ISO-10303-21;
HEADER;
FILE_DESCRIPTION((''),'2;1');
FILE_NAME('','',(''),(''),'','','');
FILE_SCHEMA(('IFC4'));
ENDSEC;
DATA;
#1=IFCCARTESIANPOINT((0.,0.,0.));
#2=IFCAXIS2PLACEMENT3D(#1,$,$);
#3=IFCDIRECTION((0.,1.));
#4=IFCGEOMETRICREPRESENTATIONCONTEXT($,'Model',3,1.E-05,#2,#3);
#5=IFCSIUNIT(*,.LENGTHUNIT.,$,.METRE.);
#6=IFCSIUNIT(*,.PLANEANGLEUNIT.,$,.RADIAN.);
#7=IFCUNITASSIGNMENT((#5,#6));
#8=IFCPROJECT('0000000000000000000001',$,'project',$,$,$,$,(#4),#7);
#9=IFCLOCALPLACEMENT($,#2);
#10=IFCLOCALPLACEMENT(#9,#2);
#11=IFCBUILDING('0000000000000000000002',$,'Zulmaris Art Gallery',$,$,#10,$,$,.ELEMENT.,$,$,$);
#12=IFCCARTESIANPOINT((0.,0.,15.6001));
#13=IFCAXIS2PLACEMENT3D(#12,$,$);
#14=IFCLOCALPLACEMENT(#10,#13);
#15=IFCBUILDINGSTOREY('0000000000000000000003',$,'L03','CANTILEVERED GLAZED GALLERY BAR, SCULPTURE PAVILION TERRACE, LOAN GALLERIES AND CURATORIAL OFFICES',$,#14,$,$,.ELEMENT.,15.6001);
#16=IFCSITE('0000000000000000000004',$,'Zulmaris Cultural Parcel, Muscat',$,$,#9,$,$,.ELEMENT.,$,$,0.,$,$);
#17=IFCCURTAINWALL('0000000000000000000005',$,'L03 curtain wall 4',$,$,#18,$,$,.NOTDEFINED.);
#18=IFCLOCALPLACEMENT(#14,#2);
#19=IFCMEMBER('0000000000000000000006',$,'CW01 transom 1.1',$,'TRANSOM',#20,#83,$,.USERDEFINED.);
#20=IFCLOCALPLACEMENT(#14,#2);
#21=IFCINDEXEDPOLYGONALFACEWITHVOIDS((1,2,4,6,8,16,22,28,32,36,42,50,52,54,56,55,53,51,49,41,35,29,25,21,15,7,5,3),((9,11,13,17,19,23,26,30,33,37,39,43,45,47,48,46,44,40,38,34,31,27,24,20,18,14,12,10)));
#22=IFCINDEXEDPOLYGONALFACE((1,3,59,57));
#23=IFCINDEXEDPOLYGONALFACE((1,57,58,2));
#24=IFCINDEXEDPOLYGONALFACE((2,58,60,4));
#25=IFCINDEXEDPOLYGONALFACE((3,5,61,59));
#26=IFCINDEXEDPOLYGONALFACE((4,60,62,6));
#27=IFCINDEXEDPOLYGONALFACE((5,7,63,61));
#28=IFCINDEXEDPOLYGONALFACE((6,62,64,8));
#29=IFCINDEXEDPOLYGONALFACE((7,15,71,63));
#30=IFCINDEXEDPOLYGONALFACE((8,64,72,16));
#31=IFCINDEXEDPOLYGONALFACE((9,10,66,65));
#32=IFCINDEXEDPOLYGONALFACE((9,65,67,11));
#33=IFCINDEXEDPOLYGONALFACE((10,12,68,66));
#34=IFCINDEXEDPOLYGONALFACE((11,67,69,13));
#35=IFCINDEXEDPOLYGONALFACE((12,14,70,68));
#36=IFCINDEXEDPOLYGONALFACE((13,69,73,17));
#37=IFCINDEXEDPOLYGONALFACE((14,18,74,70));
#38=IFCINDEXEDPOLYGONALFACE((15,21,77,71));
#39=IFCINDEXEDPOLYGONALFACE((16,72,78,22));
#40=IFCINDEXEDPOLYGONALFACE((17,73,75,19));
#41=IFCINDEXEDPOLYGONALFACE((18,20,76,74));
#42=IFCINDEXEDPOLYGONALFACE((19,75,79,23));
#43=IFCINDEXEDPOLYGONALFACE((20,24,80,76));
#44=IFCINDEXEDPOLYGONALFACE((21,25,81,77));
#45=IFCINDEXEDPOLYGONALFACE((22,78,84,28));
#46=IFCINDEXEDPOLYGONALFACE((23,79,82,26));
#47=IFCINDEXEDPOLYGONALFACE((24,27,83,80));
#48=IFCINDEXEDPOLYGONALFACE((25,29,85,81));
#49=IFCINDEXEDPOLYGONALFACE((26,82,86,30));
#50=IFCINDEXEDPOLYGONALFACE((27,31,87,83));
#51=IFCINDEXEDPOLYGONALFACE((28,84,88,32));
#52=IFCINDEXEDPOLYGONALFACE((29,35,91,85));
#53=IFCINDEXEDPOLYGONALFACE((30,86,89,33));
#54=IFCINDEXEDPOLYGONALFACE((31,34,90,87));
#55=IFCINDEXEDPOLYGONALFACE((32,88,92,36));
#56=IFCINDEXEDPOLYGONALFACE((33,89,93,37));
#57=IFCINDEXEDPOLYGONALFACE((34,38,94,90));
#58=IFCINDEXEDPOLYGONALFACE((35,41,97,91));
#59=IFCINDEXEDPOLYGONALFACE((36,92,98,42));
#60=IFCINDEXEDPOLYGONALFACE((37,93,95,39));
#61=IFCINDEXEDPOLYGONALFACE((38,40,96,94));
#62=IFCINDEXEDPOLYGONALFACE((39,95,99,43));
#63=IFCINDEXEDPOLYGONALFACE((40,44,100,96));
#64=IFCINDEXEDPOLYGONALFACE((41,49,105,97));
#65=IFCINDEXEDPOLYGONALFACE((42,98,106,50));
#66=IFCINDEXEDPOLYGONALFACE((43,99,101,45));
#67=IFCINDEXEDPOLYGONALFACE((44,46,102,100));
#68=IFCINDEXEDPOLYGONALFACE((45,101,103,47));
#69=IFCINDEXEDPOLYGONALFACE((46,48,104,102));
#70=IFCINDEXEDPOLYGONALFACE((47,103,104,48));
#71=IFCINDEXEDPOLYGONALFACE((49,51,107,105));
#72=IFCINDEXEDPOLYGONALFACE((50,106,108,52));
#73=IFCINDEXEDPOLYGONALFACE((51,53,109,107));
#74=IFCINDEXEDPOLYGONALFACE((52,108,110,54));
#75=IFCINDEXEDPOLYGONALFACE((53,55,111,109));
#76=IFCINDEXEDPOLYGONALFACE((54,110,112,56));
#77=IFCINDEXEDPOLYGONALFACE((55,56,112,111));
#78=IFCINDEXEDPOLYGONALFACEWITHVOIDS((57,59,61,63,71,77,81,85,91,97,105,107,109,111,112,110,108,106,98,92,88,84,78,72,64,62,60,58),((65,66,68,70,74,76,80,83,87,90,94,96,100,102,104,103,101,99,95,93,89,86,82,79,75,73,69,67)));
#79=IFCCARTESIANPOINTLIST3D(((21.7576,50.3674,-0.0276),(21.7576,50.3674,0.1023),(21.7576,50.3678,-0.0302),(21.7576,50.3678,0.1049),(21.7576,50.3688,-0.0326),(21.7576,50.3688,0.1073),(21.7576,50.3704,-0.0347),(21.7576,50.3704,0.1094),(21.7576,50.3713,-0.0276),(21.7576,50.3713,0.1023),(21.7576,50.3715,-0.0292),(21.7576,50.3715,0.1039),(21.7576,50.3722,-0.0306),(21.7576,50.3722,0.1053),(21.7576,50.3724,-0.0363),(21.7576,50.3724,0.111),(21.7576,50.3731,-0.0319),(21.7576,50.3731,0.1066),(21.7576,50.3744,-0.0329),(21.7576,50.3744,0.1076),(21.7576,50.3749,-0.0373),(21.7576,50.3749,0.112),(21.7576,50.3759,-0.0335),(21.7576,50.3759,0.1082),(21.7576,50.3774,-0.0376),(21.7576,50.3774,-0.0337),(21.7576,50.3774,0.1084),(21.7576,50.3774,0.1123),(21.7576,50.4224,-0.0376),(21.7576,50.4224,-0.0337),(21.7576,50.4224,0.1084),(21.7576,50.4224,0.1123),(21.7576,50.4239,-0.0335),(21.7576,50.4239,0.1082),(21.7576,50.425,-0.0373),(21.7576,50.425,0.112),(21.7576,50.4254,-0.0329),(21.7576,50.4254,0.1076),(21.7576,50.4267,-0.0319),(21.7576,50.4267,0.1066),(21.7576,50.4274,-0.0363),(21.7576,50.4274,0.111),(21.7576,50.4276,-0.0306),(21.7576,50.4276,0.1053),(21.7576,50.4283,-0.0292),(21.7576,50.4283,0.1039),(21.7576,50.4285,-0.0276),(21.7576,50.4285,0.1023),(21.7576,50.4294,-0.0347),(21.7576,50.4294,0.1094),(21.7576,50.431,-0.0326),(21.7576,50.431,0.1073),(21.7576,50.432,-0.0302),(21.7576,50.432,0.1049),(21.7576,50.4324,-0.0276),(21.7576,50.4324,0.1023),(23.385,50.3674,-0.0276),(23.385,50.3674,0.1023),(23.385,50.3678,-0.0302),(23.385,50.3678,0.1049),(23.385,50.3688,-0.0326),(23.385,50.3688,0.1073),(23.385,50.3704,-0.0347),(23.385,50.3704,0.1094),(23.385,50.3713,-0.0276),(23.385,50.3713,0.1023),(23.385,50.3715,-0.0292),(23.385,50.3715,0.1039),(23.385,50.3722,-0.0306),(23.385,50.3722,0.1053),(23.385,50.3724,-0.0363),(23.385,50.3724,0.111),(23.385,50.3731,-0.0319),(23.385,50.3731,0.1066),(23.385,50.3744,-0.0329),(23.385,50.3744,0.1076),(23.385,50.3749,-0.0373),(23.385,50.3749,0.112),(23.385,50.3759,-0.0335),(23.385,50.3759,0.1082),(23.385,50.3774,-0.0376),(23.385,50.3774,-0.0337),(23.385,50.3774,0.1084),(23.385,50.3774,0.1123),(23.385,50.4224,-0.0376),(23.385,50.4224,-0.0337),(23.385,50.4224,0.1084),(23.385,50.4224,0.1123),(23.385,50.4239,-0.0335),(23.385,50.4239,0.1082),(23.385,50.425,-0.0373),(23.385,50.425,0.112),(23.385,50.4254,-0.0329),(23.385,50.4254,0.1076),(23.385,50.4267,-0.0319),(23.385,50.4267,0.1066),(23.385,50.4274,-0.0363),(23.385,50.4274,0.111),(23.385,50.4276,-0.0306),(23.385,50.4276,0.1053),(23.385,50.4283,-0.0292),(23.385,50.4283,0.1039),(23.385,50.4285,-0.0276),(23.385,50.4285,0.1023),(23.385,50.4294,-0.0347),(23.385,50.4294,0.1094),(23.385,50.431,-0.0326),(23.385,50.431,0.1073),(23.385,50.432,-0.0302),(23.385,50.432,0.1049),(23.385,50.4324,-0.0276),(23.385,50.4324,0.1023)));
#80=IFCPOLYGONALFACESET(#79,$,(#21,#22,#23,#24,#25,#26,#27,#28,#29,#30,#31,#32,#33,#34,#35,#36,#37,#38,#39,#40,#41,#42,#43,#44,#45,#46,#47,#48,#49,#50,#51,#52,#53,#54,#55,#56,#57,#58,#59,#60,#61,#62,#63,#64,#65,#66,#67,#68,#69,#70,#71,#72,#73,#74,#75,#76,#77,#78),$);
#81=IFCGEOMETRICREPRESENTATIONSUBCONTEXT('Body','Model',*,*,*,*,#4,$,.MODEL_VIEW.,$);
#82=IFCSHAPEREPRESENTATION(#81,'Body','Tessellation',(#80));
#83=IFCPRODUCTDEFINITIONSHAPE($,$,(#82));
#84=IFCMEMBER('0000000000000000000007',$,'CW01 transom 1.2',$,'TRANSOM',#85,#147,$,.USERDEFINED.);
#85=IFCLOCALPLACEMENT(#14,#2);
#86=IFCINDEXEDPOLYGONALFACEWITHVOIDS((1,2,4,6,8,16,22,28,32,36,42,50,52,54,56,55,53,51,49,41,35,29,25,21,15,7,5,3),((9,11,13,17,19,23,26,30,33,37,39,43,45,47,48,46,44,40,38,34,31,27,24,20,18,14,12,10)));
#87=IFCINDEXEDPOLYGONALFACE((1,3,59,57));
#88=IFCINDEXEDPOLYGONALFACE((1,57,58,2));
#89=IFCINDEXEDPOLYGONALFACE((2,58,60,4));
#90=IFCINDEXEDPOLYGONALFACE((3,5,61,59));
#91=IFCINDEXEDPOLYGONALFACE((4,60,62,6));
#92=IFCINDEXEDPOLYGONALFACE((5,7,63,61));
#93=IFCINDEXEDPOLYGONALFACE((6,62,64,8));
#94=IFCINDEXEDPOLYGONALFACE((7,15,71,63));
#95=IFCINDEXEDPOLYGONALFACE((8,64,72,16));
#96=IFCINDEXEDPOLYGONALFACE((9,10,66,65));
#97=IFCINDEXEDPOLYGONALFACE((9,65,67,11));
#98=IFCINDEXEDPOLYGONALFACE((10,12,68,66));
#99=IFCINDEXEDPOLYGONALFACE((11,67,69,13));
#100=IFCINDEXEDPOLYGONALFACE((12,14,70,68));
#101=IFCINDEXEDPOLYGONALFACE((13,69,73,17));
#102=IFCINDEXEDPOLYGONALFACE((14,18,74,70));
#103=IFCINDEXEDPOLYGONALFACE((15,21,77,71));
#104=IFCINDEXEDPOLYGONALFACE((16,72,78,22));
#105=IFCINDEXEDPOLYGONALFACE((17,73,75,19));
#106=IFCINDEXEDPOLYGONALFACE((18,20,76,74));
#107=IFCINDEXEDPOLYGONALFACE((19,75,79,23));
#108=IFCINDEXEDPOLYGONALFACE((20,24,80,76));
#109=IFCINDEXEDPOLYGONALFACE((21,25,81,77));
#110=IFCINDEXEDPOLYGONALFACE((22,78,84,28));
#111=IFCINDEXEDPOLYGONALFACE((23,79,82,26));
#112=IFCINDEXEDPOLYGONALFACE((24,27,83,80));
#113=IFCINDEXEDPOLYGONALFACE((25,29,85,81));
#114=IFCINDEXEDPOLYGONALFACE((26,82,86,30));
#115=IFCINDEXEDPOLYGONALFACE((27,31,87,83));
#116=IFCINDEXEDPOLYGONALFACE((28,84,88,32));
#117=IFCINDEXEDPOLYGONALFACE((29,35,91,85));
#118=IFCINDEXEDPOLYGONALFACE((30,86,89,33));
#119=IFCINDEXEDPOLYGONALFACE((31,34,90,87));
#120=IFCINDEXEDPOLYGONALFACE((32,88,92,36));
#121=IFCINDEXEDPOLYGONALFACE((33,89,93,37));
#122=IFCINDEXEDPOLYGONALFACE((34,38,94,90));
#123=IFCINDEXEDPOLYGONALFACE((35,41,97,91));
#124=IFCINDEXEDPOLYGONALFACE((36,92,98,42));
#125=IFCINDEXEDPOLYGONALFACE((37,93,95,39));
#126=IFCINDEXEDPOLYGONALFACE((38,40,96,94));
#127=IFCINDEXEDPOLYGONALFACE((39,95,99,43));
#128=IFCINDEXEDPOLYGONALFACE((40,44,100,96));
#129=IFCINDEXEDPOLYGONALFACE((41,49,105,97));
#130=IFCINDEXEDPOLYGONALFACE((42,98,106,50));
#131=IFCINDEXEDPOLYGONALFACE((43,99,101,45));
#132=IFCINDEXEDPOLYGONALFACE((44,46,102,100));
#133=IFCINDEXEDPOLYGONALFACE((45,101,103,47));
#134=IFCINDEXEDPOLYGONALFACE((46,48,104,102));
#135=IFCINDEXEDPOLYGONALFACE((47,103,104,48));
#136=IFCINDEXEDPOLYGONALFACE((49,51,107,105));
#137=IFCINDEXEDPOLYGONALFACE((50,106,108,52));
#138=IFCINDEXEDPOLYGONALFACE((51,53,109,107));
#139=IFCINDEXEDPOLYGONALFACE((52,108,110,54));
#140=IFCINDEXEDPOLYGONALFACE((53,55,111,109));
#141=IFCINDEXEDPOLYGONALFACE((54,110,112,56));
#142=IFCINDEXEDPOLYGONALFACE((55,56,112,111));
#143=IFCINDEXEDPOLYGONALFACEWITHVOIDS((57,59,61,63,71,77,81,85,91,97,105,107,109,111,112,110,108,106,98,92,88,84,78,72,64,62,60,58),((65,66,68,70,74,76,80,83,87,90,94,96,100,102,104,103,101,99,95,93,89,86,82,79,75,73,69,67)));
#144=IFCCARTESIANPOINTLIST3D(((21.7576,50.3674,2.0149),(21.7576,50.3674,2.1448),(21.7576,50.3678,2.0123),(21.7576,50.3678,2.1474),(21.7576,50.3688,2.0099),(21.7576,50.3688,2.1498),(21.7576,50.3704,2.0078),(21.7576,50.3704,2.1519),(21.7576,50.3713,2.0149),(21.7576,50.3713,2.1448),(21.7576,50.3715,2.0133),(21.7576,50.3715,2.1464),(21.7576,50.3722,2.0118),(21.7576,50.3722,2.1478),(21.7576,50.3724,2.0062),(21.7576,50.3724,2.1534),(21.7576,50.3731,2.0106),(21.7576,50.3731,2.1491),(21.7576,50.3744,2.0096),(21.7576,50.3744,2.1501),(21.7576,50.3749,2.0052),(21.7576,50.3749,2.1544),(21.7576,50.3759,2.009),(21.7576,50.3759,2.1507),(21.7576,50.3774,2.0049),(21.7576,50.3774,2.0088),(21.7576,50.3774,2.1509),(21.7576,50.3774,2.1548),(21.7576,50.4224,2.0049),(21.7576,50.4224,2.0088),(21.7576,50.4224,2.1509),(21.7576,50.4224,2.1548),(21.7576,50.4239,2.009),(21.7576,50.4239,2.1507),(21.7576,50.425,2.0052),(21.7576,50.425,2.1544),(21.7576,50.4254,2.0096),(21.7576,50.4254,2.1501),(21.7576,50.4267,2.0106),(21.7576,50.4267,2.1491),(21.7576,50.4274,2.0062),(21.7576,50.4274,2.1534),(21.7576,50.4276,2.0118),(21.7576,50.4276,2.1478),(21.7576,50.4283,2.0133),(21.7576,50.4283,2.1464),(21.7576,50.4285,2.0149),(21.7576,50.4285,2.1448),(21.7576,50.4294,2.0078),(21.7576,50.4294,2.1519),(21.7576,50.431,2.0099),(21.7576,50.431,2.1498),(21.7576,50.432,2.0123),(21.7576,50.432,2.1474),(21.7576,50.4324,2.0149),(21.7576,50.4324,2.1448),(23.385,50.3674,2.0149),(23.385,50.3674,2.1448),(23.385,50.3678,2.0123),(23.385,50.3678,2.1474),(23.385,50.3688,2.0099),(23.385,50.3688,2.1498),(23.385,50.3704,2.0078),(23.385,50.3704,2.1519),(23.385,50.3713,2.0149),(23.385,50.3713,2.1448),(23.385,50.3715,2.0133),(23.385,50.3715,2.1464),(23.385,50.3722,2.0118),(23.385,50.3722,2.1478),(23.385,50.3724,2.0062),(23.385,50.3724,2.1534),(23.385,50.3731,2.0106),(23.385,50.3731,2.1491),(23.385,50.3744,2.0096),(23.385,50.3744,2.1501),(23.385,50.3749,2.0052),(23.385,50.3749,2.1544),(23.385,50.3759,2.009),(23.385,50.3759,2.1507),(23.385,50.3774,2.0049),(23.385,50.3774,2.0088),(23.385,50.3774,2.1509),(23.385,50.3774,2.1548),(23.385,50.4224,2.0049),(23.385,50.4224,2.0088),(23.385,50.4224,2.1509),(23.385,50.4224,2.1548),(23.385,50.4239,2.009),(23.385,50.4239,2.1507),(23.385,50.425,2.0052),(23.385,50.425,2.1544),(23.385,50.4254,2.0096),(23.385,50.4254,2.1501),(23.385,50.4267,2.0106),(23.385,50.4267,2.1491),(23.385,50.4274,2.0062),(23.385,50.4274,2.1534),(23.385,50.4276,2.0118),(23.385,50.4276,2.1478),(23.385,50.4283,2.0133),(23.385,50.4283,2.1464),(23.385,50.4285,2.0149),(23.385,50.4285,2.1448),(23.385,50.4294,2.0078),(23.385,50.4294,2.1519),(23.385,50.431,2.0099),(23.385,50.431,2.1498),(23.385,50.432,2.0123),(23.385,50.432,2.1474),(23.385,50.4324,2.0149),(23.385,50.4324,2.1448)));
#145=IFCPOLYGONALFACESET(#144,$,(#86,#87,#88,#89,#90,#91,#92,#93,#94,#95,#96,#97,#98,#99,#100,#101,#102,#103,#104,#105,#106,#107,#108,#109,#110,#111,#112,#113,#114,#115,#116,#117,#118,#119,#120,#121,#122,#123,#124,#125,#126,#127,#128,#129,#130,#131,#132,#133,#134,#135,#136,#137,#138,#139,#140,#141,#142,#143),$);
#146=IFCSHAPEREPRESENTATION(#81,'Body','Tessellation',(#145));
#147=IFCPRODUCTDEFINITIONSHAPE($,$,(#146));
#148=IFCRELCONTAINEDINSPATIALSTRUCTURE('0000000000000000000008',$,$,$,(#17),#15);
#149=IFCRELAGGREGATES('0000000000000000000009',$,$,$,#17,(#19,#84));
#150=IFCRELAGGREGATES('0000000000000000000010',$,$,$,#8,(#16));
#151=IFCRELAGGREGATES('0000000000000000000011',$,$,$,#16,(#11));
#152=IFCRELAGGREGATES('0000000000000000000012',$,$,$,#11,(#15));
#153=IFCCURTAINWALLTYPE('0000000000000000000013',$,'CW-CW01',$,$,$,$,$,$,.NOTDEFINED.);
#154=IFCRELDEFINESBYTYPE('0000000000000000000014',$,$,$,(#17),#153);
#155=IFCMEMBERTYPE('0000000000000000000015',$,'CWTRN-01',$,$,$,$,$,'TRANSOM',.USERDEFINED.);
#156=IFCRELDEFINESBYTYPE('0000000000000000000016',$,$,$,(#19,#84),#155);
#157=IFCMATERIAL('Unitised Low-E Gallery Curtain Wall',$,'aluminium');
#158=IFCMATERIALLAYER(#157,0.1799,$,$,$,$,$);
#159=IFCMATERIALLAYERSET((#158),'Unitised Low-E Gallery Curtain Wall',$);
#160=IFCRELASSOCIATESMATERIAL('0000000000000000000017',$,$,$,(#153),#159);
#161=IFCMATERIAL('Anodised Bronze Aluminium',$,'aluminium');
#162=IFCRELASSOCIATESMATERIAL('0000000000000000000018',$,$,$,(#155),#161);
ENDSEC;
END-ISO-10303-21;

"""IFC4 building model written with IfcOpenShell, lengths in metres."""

from ifc_helpers import new_model, si_unit, direction, frame, origin, origin_2d, place, context, subcontext, project, spatial, hollow_rectangle, extrude, material, layer, layer_set, material_profile, profile_set, type_object, element, aggregate, save


model = new_model("IFC4")

# Units and contexts
model_context = context("Model", 3, precision=1e-05, world=origin(), true_north=direction((0.0, 1.0)))
body_context = subcontext(model_context, "Body", "Model", "MODEL_VIEW")
ifc_project = project(units=[si_unit("LENGTHUNIT", "METRE"), si_unit("PLANEANGLEUNIT", "RADIAN")], contexts=[model_context])

# Site, building, storey
site_placement = place(None, origin())
site = spatial("IfcSite", under=ifc_project, at=site_placement, Name="Zulmaris Cultural Parcel, Muscat", CompositionType="ELEMENT", RefElevation=0.0)
building_placement = place(site_placement, origin())
building = spatial("IfcBuilding", under=site, at=building_placement, Name="Zulmaris Art Gallery", CompositionType="ELEMENT")
storey_placement = place(building_placement, frame((0.0, 0.0, 15.6001)))
storey = spatial("IfcBuildingStorey", under=building, at=storey_placement, Name="L03", Description="CANTILEVERED GLAZED GALLERY BAR, SCULPTURE PAVILION TERRACE, LOAN GALLERIES AND CURATORIAL OFFICES", CompositionType="ELEMENT", Elevation=15.6001)

# Curtain wall
ifc_material_1 = material(Name="Unitised Low-E Gallery Curtain Wall", Category="aluminium")
ifc_layer_1 = layer(ifc_material_1, 0.1799)
ifc_layer_set_1 = layer_set([ifc_layer_1], Name="Unitised Low-E Gallery Curtain Wall")
curtain_wall_type = type_object("IfcCurtainWallType", Name="CW-CW01", PredefinedType="NOTDEFINED", material=ifc_layer_set_1)
curtain_wall_1_placement = place(storey_placement, origin())
curtain_wall_1 = element("IfcCurtainWall", 1, at=curtain_wall_1_placement, inside=storey, type_object=curtain_wall_type, Name="L03 curtain wall 4", PredefinedType="NOTDEFINED")
ifc_material_2 = material(Name="Anodised Bronze Aluminium", Category="aluminium")

# Members
ifc_material_profile_1 = material_profile(ifc_material_2, hollow_rectangle(XDim=0.0649, YDim=0.1499, WallThickness=0.0039, InnerFilletRadius=0.0061, OuterFilletRadius=0.01, at=origin_2d()), Name="ALU 65x150x4")
ifc_profile_set_1 = profile_set([ifc_material_profile_1], Name="Anodised Bronze Aluminium")
member_type_1 = type_object("IfcMemberType", Name="CWTRN-01", ElementType="TRANSOM", PredefinedType="USERDEFINED", material=ifc_profile_set_1)
member_1_placement = place(storey_placement, frame((23.385, 50.3999, 0.0374), z_axis=(-1.0, 0.0, 0.0), x_axis=(0.0, -1.0, 0.0)))
member_1 = element("IfcMember", 2, at=member_1_placement, type_object=member_type_1, Name="CW01 transom 1.1", ObjectType="TRANSOM", PredefinedType="USERDEFINED", context=body_context, shape_type="SweptSolid", body=[
    extrude(hollow_rectangle(XDim=0.0649, YDim=0.1499, WallThickness=0.0039, InnerFilletRadius=0.0061, OuterFilletRadius=0.01, at=origin_2d()), origin(), (0.0, 0.0, 1.0), 1.6274),
])
member_2_placement = place(storey_placement, frame((23.385, 50.3999, 2.0798), z_axis=(-1.0, 0.0, 0.0), x_axis=(0.0, -1.0, 0.0)))
member_2 = element("IfcMember", 3, at=member_2_placement, type_object=member_type_1, Name="CW01 transom 1.2", ObjectType="TRANSOM", PredefinedType="USERDEFINED", context=body_context, shape_type="SweptSolid", body=[
    extrude(hollow_rectangle(XDim=0.0649, YDim=0.1499, WallThickness=0.0039, InnerFilletRadius=0.0061, OuterFilletRadius=0.01, at=origin_2d()), origin(), (0.0, 0.0, 1.0), 1.6274),
])

aggregate(curtain_wall_1, [member_1, member_2])

save(model, "model.ifc")
